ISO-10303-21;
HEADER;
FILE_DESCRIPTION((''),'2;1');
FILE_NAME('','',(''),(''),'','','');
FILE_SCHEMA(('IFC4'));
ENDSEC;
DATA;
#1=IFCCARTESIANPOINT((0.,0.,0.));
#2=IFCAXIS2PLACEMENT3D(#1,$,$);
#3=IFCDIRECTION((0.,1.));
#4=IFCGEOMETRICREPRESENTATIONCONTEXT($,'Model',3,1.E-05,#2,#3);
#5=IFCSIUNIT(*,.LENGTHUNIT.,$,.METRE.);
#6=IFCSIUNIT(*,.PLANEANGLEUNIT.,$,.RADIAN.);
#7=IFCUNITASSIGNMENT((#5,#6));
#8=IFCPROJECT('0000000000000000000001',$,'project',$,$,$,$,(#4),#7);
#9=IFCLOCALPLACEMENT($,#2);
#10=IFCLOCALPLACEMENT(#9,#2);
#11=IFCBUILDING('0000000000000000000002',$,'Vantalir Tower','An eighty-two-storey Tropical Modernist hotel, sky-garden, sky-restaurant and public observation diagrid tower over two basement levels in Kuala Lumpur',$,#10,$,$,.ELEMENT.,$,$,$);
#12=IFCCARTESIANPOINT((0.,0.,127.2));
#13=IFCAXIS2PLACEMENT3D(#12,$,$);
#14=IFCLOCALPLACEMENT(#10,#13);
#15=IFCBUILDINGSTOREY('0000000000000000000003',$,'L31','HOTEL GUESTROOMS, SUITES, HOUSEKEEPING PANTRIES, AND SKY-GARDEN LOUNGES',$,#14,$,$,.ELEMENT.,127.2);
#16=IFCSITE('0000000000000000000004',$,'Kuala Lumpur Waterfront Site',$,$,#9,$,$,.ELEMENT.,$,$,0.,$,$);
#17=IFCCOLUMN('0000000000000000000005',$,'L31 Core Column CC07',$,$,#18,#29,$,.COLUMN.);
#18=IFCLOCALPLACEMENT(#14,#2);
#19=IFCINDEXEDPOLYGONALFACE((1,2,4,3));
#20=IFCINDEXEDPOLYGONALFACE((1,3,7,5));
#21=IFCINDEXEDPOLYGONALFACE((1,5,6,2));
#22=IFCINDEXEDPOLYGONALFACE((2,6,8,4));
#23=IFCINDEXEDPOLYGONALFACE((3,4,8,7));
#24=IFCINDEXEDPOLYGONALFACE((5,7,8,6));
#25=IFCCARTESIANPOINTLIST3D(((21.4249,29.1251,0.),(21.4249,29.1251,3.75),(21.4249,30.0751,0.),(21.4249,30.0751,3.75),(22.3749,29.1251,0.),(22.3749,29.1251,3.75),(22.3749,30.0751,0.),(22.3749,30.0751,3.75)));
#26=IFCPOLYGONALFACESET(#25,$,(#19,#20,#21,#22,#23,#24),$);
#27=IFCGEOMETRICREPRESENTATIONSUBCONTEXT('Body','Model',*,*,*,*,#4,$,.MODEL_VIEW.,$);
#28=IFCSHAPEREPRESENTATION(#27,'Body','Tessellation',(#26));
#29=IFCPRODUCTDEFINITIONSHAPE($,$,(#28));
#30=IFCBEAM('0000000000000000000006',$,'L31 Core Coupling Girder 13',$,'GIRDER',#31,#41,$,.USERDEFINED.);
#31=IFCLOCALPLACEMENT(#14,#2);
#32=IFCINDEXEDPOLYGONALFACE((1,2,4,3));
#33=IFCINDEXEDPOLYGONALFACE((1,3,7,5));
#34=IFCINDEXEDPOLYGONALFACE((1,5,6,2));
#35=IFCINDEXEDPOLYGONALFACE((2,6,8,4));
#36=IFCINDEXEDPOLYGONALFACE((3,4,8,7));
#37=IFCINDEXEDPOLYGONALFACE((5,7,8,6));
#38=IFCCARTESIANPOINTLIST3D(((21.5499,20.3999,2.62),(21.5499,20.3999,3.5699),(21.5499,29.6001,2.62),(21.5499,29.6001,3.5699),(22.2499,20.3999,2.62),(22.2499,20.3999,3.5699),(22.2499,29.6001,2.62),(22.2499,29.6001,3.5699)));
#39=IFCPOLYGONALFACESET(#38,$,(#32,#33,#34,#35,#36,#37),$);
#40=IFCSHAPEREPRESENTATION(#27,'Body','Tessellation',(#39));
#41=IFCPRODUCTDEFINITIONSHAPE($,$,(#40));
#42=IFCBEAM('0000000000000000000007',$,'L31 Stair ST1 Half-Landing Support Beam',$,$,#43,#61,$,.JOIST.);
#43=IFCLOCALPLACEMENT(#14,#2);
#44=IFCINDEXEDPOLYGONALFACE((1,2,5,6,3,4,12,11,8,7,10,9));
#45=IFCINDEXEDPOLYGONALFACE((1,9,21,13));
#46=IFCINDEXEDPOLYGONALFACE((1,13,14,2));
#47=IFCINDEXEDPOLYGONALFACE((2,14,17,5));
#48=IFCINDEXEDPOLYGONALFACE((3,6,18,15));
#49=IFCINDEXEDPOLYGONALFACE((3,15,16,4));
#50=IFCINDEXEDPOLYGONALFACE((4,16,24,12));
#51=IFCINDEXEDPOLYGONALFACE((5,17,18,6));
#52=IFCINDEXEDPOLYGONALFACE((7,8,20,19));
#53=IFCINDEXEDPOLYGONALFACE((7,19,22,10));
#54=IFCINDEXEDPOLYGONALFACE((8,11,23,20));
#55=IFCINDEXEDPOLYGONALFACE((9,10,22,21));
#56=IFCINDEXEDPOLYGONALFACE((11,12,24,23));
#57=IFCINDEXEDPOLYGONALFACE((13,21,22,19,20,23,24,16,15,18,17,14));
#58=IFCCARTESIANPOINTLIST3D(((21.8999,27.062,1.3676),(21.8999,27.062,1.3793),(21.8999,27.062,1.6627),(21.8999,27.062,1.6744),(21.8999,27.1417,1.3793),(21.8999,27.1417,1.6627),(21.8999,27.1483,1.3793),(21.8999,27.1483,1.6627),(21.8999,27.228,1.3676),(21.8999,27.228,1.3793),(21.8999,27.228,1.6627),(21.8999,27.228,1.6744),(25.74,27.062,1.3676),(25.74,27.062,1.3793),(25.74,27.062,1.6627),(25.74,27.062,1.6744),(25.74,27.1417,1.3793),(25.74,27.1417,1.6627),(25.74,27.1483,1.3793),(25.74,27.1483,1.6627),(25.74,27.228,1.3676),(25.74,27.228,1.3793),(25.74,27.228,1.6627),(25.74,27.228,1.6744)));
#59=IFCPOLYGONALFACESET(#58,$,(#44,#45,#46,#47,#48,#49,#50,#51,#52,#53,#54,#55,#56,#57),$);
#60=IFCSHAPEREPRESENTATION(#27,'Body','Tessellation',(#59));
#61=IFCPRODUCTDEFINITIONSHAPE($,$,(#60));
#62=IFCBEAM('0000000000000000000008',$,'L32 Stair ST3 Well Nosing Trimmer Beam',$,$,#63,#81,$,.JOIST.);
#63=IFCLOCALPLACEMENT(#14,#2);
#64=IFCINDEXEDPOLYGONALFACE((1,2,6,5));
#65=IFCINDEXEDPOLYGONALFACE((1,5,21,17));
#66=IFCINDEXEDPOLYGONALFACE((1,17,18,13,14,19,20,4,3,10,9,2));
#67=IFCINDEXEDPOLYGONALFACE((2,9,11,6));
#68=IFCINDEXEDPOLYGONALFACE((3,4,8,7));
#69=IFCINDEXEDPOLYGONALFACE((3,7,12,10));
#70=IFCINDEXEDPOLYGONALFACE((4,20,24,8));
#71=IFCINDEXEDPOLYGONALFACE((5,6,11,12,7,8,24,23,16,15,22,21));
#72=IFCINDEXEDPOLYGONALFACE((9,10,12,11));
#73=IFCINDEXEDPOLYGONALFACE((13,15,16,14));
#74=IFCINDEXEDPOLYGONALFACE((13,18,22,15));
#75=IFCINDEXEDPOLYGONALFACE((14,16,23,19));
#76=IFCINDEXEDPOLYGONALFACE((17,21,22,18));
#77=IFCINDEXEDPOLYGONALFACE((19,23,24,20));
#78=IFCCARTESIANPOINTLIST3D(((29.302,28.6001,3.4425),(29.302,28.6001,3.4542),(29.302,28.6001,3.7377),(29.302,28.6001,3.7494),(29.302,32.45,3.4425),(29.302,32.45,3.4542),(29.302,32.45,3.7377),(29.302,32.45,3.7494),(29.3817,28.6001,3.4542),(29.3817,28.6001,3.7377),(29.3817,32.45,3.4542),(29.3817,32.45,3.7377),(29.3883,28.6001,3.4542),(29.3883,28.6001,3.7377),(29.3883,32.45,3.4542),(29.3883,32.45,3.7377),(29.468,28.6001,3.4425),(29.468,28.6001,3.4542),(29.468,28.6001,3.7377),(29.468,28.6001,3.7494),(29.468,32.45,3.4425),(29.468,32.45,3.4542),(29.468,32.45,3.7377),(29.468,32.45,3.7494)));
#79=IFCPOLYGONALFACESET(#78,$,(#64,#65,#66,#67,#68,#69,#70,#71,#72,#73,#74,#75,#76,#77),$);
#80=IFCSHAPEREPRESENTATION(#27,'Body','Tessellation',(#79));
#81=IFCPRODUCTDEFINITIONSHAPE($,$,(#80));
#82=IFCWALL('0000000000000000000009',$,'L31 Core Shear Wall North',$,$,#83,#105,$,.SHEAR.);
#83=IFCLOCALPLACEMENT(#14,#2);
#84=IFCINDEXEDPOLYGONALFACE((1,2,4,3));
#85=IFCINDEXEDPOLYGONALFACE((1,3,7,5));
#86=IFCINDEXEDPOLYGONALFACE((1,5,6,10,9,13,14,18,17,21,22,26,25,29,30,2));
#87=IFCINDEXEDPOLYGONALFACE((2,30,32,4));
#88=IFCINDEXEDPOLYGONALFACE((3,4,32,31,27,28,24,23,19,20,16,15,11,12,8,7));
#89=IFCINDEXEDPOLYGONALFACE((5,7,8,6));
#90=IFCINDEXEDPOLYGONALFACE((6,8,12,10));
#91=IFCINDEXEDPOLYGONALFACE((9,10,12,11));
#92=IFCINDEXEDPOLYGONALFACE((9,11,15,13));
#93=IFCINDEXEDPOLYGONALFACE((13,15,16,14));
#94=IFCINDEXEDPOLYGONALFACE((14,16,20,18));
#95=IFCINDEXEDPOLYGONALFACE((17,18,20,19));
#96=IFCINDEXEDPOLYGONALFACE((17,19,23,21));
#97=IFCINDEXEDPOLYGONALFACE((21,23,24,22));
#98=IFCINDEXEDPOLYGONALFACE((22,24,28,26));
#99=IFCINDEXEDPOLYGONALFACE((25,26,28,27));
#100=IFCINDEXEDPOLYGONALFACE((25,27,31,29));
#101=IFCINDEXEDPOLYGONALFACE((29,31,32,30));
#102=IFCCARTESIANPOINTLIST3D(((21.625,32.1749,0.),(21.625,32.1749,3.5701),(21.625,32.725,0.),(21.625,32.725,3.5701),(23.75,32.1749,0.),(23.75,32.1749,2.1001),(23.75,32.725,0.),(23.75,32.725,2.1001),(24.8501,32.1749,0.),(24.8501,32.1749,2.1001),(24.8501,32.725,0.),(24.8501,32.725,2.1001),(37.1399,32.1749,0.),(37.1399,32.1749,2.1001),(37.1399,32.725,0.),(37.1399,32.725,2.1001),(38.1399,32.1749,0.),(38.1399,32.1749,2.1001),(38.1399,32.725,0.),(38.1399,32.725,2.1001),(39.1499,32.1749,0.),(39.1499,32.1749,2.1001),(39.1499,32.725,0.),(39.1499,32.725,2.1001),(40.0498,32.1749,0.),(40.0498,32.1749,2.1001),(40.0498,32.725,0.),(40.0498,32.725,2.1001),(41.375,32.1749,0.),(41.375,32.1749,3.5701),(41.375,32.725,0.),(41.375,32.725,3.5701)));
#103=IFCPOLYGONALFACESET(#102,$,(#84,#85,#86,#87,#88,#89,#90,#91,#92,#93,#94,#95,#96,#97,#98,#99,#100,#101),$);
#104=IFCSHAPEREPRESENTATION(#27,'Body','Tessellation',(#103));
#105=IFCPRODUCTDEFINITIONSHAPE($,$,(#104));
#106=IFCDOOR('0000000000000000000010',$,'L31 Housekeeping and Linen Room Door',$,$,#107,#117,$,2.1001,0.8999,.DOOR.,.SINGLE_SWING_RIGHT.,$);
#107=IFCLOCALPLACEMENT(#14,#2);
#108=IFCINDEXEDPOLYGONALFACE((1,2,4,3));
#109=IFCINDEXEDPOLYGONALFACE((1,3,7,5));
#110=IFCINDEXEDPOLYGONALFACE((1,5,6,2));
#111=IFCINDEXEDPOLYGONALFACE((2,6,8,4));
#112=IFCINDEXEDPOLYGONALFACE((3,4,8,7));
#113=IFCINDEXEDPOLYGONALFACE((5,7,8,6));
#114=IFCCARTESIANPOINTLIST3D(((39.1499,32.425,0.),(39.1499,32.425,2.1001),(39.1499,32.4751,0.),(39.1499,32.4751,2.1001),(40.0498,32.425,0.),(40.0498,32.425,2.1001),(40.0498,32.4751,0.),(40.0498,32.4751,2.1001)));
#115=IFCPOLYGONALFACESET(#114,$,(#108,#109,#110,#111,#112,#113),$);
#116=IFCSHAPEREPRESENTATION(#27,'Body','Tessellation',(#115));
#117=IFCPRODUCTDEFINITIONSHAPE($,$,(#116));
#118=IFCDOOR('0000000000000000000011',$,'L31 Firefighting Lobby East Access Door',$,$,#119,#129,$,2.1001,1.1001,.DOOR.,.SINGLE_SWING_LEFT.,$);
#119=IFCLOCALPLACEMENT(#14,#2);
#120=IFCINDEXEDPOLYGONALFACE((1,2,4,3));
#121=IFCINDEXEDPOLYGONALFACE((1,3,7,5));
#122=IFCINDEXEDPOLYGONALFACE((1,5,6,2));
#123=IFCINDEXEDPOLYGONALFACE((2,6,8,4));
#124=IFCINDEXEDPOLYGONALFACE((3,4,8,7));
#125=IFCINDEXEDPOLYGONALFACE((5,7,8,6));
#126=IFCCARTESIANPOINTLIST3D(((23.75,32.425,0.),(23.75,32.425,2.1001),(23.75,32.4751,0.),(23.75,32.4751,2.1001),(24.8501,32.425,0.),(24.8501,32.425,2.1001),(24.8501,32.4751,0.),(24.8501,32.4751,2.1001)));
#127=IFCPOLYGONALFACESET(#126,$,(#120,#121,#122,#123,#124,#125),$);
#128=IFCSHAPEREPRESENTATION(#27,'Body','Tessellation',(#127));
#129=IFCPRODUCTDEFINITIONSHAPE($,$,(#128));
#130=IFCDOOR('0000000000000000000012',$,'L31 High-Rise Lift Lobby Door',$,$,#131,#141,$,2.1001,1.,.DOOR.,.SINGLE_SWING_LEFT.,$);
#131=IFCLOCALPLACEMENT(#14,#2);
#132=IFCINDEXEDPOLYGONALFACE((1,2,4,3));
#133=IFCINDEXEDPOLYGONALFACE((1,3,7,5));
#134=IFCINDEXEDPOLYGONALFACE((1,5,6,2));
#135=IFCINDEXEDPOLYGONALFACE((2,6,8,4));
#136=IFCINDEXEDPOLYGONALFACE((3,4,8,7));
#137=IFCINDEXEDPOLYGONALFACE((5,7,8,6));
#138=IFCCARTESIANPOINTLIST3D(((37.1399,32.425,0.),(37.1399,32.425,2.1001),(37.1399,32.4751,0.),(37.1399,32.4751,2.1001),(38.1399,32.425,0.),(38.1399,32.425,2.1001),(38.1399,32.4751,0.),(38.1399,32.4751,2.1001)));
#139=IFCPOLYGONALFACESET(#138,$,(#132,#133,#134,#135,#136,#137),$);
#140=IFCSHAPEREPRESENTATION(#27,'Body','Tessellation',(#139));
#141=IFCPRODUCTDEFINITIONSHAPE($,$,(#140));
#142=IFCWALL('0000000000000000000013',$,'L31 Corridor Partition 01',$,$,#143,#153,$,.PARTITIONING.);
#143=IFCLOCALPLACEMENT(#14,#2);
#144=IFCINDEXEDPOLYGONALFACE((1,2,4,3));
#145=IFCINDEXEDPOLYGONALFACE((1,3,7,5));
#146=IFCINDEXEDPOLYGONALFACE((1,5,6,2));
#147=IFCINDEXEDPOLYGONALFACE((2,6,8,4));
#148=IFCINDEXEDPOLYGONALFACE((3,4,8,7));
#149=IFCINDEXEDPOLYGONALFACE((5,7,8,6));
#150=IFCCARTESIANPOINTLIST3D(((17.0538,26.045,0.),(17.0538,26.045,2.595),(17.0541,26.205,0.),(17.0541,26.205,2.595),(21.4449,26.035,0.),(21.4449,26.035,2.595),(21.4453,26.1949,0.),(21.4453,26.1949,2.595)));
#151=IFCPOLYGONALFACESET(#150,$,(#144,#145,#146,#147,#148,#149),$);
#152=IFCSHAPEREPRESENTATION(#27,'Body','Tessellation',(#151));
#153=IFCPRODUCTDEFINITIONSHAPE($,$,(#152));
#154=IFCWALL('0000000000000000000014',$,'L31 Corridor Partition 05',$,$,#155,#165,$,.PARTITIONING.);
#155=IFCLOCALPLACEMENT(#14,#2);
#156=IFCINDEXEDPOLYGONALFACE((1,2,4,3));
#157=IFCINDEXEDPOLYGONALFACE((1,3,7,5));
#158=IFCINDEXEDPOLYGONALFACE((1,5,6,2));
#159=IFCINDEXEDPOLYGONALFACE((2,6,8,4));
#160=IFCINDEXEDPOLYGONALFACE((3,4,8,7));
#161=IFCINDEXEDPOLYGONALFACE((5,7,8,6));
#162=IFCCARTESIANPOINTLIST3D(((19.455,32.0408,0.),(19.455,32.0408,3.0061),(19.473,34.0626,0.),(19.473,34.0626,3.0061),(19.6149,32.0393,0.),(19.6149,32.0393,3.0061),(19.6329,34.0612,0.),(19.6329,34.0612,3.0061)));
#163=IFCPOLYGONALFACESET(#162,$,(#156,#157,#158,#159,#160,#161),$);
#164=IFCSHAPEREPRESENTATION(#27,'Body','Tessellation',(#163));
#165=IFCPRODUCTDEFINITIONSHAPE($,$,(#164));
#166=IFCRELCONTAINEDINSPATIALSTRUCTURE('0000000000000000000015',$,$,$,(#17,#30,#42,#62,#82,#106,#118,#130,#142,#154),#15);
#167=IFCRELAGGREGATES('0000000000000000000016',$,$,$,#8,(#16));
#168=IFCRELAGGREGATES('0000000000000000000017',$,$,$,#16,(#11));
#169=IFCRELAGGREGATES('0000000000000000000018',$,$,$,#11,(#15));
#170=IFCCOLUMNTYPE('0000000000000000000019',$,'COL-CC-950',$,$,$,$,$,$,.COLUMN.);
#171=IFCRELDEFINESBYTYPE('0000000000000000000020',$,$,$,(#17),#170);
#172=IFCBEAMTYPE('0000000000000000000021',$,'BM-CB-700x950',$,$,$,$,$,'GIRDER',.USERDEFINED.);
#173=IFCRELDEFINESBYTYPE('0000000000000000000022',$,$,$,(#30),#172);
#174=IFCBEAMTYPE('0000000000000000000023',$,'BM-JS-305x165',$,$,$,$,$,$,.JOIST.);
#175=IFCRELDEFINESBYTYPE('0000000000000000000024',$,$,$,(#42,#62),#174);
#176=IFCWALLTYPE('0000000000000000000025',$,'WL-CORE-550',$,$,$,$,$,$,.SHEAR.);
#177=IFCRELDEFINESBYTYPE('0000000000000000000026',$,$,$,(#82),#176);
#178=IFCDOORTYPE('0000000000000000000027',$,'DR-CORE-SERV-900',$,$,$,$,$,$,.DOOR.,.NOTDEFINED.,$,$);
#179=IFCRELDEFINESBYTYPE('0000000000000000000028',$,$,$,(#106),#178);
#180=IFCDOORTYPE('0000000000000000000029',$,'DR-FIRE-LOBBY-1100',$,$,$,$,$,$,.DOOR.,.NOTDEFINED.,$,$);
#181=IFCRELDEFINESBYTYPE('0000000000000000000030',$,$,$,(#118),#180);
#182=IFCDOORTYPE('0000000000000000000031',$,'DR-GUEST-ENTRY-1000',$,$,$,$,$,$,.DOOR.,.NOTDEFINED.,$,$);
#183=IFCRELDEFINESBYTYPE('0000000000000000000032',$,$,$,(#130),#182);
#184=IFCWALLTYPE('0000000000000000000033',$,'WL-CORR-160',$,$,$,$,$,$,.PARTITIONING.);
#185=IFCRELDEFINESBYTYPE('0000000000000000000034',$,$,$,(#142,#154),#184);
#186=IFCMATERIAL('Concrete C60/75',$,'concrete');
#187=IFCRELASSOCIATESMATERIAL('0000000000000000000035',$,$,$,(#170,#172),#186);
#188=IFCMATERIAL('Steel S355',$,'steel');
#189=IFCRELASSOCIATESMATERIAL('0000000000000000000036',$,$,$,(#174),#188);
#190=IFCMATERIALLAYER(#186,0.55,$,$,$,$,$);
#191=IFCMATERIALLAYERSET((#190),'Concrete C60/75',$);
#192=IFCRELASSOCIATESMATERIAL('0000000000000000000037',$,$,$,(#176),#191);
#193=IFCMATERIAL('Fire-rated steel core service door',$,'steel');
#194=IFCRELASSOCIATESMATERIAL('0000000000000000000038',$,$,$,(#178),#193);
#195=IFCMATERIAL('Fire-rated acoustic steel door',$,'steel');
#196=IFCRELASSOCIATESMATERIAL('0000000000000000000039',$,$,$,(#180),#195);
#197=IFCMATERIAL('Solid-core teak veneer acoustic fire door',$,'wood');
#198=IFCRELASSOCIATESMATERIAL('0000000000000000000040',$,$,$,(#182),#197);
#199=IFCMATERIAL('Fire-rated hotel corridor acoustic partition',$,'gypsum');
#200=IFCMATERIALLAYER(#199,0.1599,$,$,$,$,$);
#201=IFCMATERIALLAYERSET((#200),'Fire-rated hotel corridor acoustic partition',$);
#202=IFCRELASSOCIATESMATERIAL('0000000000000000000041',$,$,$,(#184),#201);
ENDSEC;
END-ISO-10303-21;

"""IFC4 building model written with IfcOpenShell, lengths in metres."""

from ifc_helpers import new_model, si_unit, direction, frame, frame_2d, origin, origin_2d, place, context, subcontext, project, spatial, rectangle, i_section, extrude, material, layer, layer_set, material_profile, profile_set, type_object, element, fill, save


model = new_model("IFC4")

# Units and contexts
model_context = context("Model", 3, precision=1e-05, world=origin(), true_north=direction((0.0, 1.0)))
body_context = subcontext(model_context, "Body", "Model", "MODEL_VIEW")
ifc_project = project(units=[si_unit("LENGTHUNIT", "METRE"), si_unit("PLANEANGLEUNIT", "RADIAN")], contexts=[model_context])

# Site, building, storey
site_placement = place(None, origin())
site = spatial("IfcSite", under=ifc_project, at=site_placement, Name="Kuala Lumpur Waterfront Site", CompositionType="ELEMENT", RefElevation=0.0)
building_placement = place(site_placement, origin())
building = spatial("IfcBuilding", under=site, at=building_placement, Name="Vantalir Tower", Description="An eighty-two-storey Tropical Modernist hotel, sky-garden, sky-restaurant and public observation diagrid tower over two basement levels in Kuala Lumpur", CompositionType="ELEMENT")
storey_placement = place(building_placement, frame((0.0, 0.0, 127.2)))
storey = spatial("IfcBuildingStorey", under=building, at=storey_placement, Name="L31", Description="HOTEL GUESTROOMS, SUITES, HOUSEKEEPING PANTRIES, AND SKY-GARDEN LOUNGES", CompositionType="ELEMENT", Elevation=127.2)

# Column
ifc_material_1 = material(Name="Concrete C60/75", Category="concrete")
ifc_material_profile_1 = material_profile(ifc_material_1, rectangle(XDim=0.95, YDim=0.95, at=origin_2d()), Name="Concrete C60/75")
ifc_profile_set_1 = profile_set([ifc_material_profile_1], Name="Concrete C60/75")
column_type = type_object("IfcColumnType", Name="COL-CC-950", PredefinedType="COLUMN", material=ifc_profile_set_1)
column_placement = place(storey_placement, frame((21.8999, 29.6001, 0.0), z_axis=(0.0, 0.0, 1.0), x_axis=(1.0, 0.0, 0.0)))
element("IfcColumn", 1, at=column_placement, inside=storey, type_object=column_type, Name="L31 Core Column CC07", PredefinedType="COLUMN", context=body_context, shape_type="SweptSolid", body=[
    extrude(rectangle(XDim=0.95, YDim=0.95, at=origin_2d()), origin(), (0.0, 0.0, 1.0), 3.75),
])

# Beams
ifc_material_profile_2 = material_profile(ifc_material_1, rectangle(XDim=0.7, YDim=0.95, at=origin_2d()), Name="Concrete C60/75")
ifc_profile_set_2 = profile_set([ifc_material_profile_2], Name="Concrete C60/75")
beam_type_1 = type_object("IfcBeamType", Name="BM-CB-700x950", ElementType="GIRDER", PredefinedType="USERDEFINED", material=ifc_profile_set_2)
beam_1_placement = place(storey_placement, frame((21.8999, 29.6001, 3.095), z_axis=(0.0, -1.0, 0.0), x_axis=(1.0, 0.0, 0.0)))
element("IfcBeam", 2, at=beam_1_placement, inside=storey, type_object=beam_type_1, Name="L31 Core Coupling Girder 13", ObjectType="GIRDER", PredefinedType="USERDEFINED", context=body_context, shape_type="SweptSolid", body=[
    extrude(rectangle(XDim=0.7, YDim=0.95, at=origin_2d()), origin(), (0.0, 0.0, 1.0), 9.2002),
])
ifc_material_2 = material(Name="Steel S355", Category="steel")
ifc_material_profile_3 = material_profile(ifc_material_2, i_section(OverallWidth=0.166, OverallDepth=0.3069, WebThickness=0.0066, FlangeThickness=0.0117, at=origin_2d()), Name="Steel S355")
ifc_profile_set_3 = profile_set([ifc_material_profile_3], Name="Steel S355")
beam_type_2 = type_object("IfcBeamType", Name="BM-JS-305x165", PredefinedType="JOIST", material=ifc_profile_set_3)
beam_2_placement = place(storey_placement, frame((21.8999, 27.145, 1.521), z_axis=(1.0, 0.0, 0.0), x_axis=(0.0, 1.0, 0.0)))
element("IfcBeam", 3, at=beam_2_placement, inside=storey, type_object=beam_type_2, Name="L31 Stair ST1 Half-Landing Support Beam", PredefinedType="JOIST", context=body_context, shape_type="SweptSolid", body=[
    extrude(i_section(OverallWidth=0.166, OverallDepth=0.3069, WebThickness=0.0066, FlangeThickness=0.0117, at=origin_2d()), origin(), (0.0, 0.0, 1.0), 3.8401),
])
beam_3_placement = place(storey_placement, frame((29.385, 28.6001, 3.5959), z_axis=(0.0, 1.0, 0.0), x_axis=(-1.0, 0.0, 0.0)))
element("IfcBeam", 4, at=beam_3_placement, inside=storey, type_object=beam_type_2, Name="L32 Stair ST3 Well Nosing Trimmer Beam", PredefinedType="JOIST", context=body_context, shape_type="SweptSolid", body=[
    extrude(i_section(OverallWidth=0.166, OverallDepth=0.3069, WebThickness=0.0066, FlangeThickness=0.0117, at=origin_2d()), origin(), (0.0, 0.0, 1.0), 3.8499),
])

# Wall, openings, doors
ifc_layer_1 = layer(ifc_material_1, 0.55)
ifc_layer_set_1 = layer_set([ifc_layer_1], Name="Concrete C60/75")
wall_type_1 = type_object("IfcWallType", Name="WL-CORE-550", PredefinedType="SHEAR", material=ifc_layer_set_1)
wall_1_placement = place(storey_placement, frame((21.625, 32.45, 0.0), z_axis=(0.0, 0.0, 1.0), x_axis=(1.0, 0.0, 0.0)))
wall_1 = element("IfcWall", 5, at=wall_1_placement, inside=storey, type_object=wall_type_1, Name="L31 Core Shear Wall North", PredefinedType="SHEAR", context=body_context, shape_type="SweptSolid", body=[
    extrude(rectangle(XDim=19.75, YDim=0.55, at=frame_2d((9.875, 0.0))), origin(), (0.0, 0.0, 1.0), 3.5701),
])
opening_1_placement = place(wall_1_placement, frame((2.125, 0.0, 0.0)))
opening_1 = element("IfcOpeningElement", 6, at=opening_1_placement, cuts=wall_1, PredefinedType="OPENING", context=body_context, shape_type="SweptSolid", body=[
    extrude(rectangle(XDim=1.1001, YDim=2.1001, at=frame_2d((0.55, 1.05))), frame((0.0, 0.2849, 0.0), z_axis=(0.0, -1.0, 0.0), x_axis=(1.0, 0.0, 0.0)), (0.0, 0.0, 1.0), 0.5701),
])
opening_2_placement = place(wall_1_placement, frame((15.5149, 0.0, 0.0)))
opening_2 = element("IfcOpeningElement", 7, at=opening_2_placement, cuts=wall_1, PredefinedType="OPENING", context=body_context, shape_type="SweptSolid", body=[
    extrude(rectangle(XDim=1.0, YDim=2.1001, at=frame_2d((0.5, 1.05))), frame((0.0, 0.2849, 0.0), z_axis=(0.0, -1.0, 0.0), x_axis=(1.0, 0.0, 0.0)), (0.0, 0.0, 1.0), 0.5701),
])
opening_3_placement = place(wall_1_placement, frame((17.5249, 0.0, 0.0)))
opening_3 = element("IfcOpeningElement", 8, at=opening_3_placement, cuts=wall_1, PredefinedType="OPENING", context=body_context, shape_type="SweptSolid", body=[
    extrude(rectangle(XDim=0.8999, YDim=2.1001, at=frame_2d((0.45, 1.05))), frame((0.0, 0.2849, 0.0), z_axis=(0.0, -1.0, 0.0), x_axis=(1.0, 0.0, 0.0)), (0.0, 0.0, 1.0), 0.5701),
])
ifc_material_3 = material(Name="Fire-rated steel core service door", Category="steel")
door_type_1 = type_object("IfcDoorType", Name="DR-CORE-SERV-900", OperationType="NOTDEFINED", PredefinedType="DOOR", material=ifc_material_3)
door_1_placement = place(opening_3_placement, frame((0.8999, 0.0, 0.0), z_axis=(0.0, 0.0, 1.0), x_axis=(-1.0, 0.0, 0.0)))
door_1 = element("IfcDoor", 9, at=door_1_placement, inside=storey, type_object=door_type_1, Name="L31 Housekeeping and Linen Room Door", OperationType="SINGLE_SWING_RIGHT", OverallHeight=2.1001, OverallWidth=0.8999, PredefinedType="DOOR", context=body_context, shape_type="SweptSolid", body=[
    extrude(rectangle(XDim=0.8999, YDim=2.1001, at=frame_2d((0.45, 1.05))), frame((0.0, 0.0249, 0.0), z_axis=(0.0, -1.0, 0.0), x_axis=(1.0, 0.0, 0.0)), (0.0, 0.0, 1.0), 0.05),
])
fill(opening_3, door_1)
ifc_material_4 = material(Name="Fire-rated acoustic steel door", Category="steel")
door_type_2 = type_object("IfcDoorType", Name="DR-FIRE-LOBBY-1100", OperationType="NOTDEFINED", PredefinedType="DOOR", material=ifc_material_4)
door_2_placement = place(opening_1_placement, frame((1.1001, 0.0, 0.0), z_axis=(0.0, 0.0, 1.0), x_axis=(-1.0, 0.0, 0.0)))
door_2 = element("IfcDoor", 10, at=door_2_placement, inside=storey, type_object=door_type_2, Name="L31 Firefighting Lobby East Access Door", OperationType="SINGLE_SWING_LEFT", OverallHeight=2.1001, OverallWidth=1.1001, PredefinedType="DOOR", context=body_context, shape_type="SweptSolid", body=[
    extrude(rectangle(XDim=1.1001, YDim=2.1001, at=frame_2d((0.55, 1.05))), frame((0.0, 0.0249, 0.0), z_axis=(0.0, -1.0, 0.0), x_axis=(1.0, 0.0, 0.0)), (0.0, 0.0, 1.0), 0.05),
])
fill(opening_1, door_2)
ifc_material_5 = material(Name="Solid-core teak veneer acoustic fire door", Category="wood")
door_type_3 = type_object("IfcDoorType", Name="DR-GUEST-ENTRY-1000", OperationType="NOTDEFINED", PredefinedType="DOOR", material=ifc_material_5)
door_3_placement = place(opening_2_placement, frame((1.0, 0.0, 0.0), z_axis=(0.0, 0.0, 1.0), x_axis=(-1.0, 0.0, 0.0)))
door_3 = element("IfcDoor", 11, at=door_3_placement, inside=storey, type_object=door_type_3, Name="L31 High-Rise Lift Lobby Door", OperationType="SINGLE_SWING_LEFT", OverallHeight=2.1001, OverallWidth=1.0, PredefinedType="DOOR", context=body_context, shape_type="SweptSolid", body=[
    extrude(rectangle(XDim=1.0, YDim=2.1001, at=frame_2d((0.5, 1.05))), frame((0.0, 0.0249, 0.0), z_axis=(0.0, -1.0, 0.0), x_axis=(1.0, 0.0, 0.0)), (0.0, 0.0, 1.0), 0.05),
])
fill(opening_2, door_3)

# Walls
ifc_material_6 = material(Name="Fire-rated hotel corridor acoustic partition", Category="gypsum")
ifc_layer_2 = layer(ifc_material_6, 0.1599)
ifc_layer_set_2 = layer_set([ifc_layer_2], Name="Fire-rated hotel corridor acoustic partition")
wall_type_2 = type_object("IfcWallType", Name="WL-CORR-160", PredefinedType="PARTITIONING", material=ifc_layer_set_2)
wall_2_placement = place(storey_placement, frame((21.4451, 26.115, 0.0), z_axis=(0.0, 0.0, 1.0), x_axis=(-0.999997, 0.00228, 0.0)))
element("IfcWall", 12, at=wall_2_placement, inside=storey, type_object=wall_type_2, Name="L31 Corridor Partition 01", PredefinedType="PARTITIONING", context=body_context, shape_type="SweptSolid", body=[
    extrude(rectangle(XDim=4.3911, YDim=0.1599, at=frame_2d((2.1956, 0.0))), origin(), (0.0, 0.0, 1.0), 2.595),
])
wall_3_placement = place(storey_placement, frame((19.5349, 32.04, 0.0), z_axis=(0.0, 0.0, 1.0), x_axis=(0.008935, 0.99996, 0.0)))
element("IfcWall", 13, at=wall_3_placement, inside=storey, type_object=wall_type_2, Name="L31 Corridor Partition 05", PredefinedType="PARTITIONING", context=body_context, shape_type="SweptSolid", body=[
    extrude(rectangle(XDim=2.022, YDim=0.1599, at=frame_2d((1.011, 0.0))), origin(), (0.0, 0.0, 1.0), 3.0061),
])

save(model, "model.ifc")
